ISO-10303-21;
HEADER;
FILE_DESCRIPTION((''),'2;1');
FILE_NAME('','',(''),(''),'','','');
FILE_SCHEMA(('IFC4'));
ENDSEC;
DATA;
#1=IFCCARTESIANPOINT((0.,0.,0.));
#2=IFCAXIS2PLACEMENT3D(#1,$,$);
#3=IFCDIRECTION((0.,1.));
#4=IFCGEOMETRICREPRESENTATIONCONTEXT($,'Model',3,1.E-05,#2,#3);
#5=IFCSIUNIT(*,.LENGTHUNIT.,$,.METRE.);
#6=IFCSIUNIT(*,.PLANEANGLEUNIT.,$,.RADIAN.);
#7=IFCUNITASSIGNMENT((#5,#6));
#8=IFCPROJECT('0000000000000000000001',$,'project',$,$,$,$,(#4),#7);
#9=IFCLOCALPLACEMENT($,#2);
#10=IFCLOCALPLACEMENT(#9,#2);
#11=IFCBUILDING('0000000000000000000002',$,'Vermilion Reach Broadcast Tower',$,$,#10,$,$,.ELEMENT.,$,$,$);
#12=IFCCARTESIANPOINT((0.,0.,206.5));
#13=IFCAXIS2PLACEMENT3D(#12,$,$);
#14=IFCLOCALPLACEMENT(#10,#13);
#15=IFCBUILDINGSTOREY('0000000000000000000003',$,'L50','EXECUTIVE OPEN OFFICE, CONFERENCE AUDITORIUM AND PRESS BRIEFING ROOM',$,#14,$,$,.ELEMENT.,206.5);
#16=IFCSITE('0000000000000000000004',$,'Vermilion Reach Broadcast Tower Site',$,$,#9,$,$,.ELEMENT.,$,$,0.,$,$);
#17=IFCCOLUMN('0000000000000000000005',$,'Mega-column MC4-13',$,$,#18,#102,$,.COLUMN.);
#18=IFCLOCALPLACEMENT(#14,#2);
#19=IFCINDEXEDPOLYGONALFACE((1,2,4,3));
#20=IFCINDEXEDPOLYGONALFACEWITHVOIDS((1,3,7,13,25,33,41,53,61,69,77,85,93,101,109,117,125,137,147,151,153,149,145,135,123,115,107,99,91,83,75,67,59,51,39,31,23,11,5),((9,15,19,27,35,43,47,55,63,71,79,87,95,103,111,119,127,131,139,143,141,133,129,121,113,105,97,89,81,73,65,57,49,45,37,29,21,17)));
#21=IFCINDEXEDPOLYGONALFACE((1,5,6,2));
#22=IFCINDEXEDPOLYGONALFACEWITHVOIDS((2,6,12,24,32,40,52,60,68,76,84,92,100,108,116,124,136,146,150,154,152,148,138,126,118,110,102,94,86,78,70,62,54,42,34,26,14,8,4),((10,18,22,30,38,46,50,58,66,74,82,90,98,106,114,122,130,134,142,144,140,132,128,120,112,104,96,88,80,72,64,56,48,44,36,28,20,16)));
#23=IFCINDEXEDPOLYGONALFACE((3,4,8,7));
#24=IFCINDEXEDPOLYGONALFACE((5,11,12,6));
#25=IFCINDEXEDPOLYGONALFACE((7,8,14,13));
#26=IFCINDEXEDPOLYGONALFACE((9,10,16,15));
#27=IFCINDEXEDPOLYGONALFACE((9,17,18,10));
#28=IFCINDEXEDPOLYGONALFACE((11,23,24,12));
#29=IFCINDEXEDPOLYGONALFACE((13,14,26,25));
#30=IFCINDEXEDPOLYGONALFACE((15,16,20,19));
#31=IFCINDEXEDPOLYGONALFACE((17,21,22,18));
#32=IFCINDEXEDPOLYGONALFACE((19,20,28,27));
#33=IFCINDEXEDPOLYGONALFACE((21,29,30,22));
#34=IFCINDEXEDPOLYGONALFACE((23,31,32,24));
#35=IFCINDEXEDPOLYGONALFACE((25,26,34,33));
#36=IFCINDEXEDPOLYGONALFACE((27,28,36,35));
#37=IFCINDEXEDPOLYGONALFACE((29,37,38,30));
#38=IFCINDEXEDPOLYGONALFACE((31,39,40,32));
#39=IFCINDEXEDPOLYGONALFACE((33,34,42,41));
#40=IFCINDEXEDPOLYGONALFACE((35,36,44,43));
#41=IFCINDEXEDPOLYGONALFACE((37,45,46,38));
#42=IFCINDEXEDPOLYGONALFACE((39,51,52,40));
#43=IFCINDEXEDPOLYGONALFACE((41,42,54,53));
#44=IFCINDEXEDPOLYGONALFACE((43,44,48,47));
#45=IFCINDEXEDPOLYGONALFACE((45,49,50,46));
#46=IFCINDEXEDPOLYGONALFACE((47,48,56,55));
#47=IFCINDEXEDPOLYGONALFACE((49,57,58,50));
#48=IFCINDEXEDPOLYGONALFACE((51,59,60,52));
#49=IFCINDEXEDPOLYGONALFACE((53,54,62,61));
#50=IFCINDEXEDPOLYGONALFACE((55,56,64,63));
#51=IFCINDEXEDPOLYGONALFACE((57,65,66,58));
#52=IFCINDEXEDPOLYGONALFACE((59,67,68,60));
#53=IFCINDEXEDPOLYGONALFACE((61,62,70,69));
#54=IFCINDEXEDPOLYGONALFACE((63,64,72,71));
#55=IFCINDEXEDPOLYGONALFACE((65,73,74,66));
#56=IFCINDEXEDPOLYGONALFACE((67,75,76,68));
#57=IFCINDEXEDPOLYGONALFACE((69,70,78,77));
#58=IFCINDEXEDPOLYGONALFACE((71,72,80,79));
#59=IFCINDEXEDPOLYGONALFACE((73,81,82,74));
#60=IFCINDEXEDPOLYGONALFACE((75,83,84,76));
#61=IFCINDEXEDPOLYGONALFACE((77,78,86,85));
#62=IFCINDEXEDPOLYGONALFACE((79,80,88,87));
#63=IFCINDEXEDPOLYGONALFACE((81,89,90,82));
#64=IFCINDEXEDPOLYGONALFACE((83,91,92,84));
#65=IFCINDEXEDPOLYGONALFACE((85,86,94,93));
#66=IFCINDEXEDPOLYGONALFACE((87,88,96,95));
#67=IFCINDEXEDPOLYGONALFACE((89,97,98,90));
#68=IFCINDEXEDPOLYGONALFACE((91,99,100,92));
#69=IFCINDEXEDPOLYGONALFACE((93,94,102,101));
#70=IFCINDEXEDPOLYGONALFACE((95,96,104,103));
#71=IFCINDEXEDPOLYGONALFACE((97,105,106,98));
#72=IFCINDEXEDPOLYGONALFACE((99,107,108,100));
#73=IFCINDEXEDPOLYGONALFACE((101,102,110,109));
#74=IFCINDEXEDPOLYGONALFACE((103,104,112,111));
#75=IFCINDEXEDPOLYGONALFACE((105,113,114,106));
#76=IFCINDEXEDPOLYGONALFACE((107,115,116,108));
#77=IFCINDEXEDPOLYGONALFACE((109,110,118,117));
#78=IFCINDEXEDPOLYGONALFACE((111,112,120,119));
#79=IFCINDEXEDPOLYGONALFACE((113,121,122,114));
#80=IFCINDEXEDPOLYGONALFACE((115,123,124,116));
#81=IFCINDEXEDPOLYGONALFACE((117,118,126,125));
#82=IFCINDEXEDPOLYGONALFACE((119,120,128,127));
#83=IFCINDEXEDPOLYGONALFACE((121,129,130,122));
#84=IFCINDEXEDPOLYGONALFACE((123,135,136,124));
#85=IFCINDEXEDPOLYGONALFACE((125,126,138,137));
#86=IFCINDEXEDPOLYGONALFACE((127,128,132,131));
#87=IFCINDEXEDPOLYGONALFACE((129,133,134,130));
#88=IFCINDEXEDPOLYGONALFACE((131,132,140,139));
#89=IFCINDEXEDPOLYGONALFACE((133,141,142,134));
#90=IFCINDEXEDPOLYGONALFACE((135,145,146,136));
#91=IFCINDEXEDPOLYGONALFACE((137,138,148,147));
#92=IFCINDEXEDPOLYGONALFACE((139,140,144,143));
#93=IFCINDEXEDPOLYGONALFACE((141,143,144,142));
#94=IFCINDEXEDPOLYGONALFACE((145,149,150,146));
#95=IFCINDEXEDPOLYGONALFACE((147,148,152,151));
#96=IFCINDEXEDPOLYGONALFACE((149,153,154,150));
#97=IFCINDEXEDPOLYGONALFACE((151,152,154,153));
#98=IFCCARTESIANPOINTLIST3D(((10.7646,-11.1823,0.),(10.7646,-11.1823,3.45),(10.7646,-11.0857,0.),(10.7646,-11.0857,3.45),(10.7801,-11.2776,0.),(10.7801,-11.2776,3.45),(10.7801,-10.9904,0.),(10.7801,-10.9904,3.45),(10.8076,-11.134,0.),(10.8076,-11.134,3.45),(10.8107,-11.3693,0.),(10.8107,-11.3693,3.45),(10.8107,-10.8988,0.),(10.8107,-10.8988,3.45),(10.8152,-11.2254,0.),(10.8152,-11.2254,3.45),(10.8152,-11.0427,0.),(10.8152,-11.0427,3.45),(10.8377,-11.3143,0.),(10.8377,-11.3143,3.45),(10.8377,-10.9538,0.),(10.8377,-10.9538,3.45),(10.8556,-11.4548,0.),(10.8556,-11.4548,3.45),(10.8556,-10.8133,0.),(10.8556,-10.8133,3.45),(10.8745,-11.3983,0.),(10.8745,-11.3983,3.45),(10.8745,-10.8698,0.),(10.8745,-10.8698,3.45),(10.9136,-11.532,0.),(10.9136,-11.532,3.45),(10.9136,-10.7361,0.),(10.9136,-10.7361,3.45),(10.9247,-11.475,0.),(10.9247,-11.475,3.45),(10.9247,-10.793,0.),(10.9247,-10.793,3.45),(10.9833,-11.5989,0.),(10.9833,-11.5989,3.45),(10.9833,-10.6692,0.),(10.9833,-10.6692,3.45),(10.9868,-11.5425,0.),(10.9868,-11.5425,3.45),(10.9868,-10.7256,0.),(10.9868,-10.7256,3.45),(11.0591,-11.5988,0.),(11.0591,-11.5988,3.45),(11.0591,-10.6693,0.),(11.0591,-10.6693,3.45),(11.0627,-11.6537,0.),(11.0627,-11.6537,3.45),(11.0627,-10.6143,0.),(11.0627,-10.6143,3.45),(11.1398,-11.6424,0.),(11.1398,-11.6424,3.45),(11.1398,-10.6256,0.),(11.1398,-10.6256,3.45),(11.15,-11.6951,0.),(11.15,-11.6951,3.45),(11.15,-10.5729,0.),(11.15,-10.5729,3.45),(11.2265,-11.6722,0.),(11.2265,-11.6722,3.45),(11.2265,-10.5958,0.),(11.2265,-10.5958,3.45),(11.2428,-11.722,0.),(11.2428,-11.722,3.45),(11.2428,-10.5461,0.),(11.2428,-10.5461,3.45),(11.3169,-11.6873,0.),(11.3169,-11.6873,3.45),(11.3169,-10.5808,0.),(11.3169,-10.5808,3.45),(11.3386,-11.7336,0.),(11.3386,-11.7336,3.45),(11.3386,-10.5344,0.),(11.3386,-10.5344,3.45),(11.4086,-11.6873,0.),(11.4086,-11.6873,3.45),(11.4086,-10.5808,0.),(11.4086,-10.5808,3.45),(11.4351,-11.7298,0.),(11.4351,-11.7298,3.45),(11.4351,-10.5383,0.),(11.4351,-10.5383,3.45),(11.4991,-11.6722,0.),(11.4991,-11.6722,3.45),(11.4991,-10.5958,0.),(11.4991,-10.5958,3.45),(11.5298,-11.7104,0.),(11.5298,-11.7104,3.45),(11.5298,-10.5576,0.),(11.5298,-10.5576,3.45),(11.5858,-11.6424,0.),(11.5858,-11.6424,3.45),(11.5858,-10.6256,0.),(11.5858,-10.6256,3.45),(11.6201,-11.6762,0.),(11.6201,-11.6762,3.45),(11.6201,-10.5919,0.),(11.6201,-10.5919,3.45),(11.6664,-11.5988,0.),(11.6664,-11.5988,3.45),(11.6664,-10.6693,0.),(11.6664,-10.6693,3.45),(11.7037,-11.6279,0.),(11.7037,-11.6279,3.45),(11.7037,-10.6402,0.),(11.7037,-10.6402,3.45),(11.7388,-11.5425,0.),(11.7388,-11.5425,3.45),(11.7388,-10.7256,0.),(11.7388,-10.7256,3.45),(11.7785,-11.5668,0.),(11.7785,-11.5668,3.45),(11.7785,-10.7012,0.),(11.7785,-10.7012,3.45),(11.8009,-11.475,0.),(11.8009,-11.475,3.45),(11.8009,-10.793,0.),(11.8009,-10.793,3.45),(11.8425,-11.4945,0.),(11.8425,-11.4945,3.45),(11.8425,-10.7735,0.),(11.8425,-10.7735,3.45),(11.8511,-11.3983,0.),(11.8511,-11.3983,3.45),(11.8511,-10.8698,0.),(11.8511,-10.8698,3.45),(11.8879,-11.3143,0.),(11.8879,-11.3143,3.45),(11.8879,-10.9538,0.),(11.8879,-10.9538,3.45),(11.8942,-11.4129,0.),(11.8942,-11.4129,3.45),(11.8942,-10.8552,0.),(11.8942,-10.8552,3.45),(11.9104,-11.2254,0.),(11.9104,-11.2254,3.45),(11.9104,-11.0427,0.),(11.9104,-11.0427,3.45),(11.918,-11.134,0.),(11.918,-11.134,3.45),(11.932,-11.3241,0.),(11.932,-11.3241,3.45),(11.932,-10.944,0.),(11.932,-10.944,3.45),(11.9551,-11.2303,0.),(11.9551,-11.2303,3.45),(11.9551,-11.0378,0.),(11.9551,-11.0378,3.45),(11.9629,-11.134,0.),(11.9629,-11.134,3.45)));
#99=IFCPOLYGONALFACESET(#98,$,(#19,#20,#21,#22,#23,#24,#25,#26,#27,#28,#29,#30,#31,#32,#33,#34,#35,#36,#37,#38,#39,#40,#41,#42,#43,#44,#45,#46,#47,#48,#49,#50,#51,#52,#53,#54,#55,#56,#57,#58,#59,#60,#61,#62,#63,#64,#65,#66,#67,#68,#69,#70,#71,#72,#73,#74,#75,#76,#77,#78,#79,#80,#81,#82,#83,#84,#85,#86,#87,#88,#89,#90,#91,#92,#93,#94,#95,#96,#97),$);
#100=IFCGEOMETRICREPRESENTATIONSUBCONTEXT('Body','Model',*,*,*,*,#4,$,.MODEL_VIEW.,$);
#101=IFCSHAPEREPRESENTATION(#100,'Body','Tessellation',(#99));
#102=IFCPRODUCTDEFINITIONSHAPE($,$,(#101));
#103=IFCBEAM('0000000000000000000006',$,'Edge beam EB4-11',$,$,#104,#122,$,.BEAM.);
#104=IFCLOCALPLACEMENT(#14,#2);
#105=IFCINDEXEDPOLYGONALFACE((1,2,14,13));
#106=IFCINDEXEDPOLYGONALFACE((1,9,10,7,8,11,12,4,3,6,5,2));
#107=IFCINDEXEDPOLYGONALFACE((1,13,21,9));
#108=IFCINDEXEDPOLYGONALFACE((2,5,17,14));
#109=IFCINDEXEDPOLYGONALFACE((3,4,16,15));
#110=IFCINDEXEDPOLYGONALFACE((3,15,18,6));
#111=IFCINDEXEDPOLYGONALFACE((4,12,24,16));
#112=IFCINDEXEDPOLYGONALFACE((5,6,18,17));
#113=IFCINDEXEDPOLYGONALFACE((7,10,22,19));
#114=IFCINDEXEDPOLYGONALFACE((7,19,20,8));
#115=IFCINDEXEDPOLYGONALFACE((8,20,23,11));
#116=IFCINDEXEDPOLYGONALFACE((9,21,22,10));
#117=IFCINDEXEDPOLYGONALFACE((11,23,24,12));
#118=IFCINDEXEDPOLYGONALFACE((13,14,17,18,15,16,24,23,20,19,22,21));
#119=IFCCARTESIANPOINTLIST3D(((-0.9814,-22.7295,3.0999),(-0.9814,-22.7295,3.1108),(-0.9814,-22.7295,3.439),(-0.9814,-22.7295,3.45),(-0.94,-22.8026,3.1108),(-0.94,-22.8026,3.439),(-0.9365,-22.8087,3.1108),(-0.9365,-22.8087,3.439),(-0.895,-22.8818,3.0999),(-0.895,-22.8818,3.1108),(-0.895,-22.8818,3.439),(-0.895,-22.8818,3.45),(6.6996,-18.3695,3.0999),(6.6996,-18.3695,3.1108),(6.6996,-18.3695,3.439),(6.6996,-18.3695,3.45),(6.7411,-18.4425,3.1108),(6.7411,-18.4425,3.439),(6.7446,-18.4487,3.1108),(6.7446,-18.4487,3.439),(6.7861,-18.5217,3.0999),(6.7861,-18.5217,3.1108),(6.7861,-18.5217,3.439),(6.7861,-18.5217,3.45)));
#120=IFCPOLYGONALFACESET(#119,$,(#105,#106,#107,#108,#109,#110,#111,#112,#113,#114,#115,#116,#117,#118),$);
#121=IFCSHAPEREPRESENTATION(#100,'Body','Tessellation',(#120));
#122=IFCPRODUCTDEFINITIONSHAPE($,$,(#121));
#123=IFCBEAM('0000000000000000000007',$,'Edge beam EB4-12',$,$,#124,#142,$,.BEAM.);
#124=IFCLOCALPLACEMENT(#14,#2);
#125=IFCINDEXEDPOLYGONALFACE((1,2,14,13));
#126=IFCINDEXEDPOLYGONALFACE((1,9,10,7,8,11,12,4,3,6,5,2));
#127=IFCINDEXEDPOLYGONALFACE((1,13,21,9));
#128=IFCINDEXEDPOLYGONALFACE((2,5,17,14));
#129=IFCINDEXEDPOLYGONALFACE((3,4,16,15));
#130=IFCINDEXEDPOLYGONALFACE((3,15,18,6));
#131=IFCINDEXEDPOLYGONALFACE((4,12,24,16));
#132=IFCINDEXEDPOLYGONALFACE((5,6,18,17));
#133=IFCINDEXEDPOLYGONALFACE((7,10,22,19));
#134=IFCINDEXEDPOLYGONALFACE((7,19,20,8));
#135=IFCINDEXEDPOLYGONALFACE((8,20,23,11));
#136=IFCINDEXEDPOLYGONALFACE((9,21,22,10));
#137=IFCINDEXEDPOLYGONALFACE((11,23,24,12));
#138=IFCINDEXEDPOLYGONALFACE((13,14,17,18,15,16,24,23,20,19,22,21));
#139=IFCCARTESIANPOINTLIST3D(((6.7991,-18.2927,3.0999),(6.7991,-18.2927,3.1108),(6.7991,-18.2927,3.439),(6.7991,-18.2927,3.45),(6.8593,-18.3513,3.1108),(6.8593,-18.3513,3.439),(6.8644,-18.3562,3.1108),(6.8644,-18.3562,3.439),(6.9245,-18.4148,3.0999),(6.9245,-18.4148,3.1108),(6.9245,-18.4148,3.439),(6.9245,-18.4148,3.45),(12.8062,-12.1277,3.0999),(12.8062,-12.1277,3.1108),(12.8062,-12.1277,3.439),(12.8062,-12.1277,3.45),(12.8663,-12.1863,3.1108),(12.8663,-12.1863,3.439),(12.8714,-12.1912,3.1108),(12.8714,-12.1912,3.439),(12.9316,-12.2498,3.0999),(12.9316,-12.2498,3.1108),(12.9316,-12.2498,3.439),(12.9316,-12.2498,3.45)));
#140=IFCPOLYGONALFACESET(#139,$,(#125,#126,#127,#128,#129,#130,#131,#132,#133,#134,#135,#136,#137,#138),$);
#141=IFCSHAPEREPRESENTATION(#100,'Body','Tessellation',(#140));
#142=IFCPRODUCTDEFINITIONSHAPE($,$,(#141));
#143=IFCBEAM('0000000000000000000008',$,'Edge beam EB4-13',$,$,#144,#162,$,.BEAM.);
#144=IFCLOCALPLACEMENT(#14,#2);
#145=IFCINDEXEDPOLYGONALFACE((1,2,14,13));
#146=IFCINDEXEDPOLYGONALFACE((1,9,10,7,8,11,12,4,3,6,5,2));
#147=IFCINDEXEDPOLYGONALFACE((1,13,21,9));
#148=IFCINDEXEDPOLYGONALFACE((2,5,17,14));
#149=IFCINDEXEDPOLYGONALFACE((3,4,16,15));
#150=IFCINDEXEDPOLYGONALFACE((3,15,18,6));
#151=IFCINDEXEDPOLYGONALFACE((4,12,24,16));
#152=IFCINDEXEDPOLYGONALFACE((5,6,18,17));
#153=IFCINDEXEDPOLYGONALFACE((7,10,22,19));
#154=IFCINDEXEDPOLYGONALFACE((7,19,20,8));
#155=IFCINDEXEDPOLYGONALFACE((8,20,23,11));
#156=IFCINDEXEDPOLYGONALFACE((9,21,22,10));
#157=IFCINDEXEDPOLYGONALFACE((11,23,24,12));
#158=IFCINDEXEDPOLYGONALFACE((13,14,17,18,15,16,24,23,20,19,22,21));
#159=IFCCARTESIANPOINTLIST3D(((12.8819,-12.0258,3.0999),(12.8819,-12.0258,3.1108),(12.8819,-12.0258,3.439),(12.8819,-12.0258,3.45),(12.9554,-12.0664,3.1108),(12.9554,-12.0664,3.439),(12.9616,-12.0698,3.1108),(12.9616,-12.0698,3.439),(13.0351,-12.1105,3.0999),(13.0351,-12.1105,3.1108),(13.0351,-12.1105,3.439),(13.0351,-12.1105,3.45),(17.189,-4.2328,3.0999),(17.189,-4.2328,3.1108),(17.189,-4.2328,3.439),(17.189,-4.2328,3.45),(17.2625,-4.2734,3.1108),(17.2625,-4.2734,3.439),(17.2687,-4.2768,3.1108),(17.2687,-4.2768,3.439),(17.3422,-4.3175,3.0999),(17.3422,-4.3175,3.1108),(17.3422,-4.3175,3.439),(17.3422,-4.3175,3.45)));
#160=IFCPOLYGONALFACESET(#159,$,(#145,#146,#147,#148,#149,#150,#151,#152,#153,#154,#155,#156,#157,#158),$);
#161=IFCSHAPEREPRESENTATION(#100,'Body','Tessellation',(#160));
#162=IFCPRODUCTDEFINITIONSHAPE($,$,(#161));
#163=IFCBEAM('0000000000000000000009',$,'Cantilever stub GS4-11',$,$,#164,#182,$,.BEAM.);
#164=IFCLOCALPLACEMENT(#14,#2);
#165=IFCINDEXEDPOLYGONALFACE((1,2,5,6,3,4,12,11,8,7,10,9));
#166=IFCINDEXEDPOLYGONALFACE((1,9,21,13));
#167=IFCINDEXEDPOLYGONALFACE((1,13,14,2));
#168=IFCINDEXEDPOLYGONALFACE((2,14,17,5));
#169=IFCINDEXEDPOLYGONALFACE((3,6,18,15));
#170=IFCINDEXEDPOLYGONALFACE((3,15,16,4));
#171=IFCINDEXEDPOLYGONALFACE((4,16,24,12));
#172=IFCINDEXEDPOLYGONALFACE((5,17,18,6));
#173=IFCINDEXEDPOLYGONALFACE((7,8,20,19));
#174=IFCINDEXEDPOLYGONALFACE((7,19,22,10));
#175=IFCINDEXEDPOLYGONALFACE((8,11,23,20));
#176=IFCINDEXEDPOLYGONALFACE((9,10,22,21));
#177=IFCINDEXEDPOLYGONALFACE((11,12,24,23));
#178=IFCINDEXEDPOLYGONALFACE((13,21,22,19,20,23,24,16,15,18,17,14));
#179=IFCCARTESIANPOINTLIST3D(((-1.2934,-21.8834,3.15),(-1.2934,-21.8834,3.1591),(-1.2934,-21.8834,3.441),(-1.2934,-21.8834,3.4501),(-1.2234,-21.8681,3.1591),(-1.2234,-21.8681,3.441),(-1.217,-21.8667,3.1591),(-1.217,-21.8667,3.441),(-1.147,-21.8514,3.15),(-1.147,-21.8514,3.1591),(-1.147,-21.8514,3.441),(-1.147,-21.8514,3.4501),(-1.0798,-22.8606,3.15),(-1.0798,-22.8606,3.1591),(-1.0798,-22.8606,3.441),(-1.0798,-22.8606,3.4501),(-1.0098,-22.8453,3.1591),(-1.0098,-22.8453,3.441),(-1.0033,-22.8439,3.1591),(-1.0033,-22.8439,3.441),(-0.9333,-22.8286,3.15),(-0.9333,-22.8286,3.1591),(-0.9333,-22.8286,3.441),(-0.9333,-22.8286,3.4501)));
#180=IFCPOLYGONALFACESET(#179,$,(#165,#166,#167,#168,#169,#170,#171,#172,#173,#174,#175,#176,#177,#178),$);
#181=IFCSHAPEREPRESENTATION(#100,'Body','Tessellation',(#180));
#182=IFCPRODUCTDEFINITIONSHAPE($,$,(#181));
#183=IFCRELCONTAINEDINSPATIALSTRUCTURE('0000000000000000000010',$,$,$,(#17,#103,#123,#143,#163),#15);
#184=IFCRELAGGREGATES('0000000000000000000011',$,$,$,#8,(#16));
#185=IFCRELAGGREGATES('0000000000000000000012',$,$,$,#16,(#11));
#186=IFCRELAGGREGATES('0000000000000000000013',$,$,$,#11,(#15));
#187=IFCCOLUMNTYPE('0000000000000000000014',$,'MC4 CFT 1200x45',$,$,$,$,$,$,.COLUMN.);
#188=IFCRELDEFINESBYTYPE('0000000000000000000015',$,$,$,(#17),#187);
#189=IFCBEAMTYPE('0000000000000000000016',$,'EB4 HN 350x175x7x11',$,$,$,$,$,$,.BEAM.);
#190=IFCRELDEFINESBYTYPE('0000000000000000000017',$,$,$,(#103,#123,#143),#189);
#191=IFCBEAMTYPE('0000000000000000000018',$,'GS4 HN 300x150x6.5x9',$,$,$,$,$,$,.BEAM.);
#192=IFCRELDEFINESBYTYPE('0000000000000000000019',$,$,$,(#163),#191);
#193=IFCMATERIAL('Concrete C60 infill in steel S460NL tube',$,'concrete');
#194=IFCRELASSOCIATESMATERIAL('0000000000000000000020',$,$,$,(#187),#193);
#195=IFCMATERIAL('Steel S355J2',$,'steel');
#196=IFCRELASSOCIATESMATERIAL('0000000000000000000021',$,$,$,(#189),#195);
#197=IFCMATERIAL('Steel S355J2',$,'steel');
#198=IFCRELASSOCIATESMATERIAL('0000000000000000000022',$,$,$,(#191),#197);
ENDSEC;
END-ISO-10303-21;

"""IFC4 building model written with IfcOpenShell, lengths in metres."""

from ifc_helpers import new_model, si_unit, direction, frame, origin, origin_2d, place, context, subcontext, project, spatial, hollow_circle, i_section, extrude, material, material_profile, profile_set, type_object, element, save


model = new_model("IFC4")

# Units and contexts
model_context = context("Model", 3, precision=1e-05, world=origin(), true_north=direction((0.0, 1.0)))
body_context = subcontext(model_context, "Body", "Model", "MODEL_VIEW")
ifc_project = project(units=[si_unit("LENGTHUNIT", "METRE"), si_unit("PLANEANGLEUNIT", "RADIAN")], contexts=[model_context])

# Site, building, storey
site_placement = place(None, origin())
site = spatial("IfcSite", under=ifc_project, at=site_placement, Name="Vermilion Reach Broadcast Tower Site", CompositionType="ELEMENT", RefElevation=0.0)
building_placement = place(site_placement, origin())
building = spatial("IfcBuilding", under=site, at=building_placement, Name="Vermilion Reach Broadcast Tower", CompositionType="ELEMENT")
storey_placement = place(building_placement, frame((0.0, 0.0, 206.5)))
storey = spatial("IfcBuildingStorey", under=building, at=storey_placement, Name="L50", Description="EXECUTIVE OPEN OFFICE, CONFERENCE AUDITORIUM AND PRESS BRIEFING ROOM", CompositionType="ELEMENT", Elevation=206.5)

# Column
ifc_material_1 = material(Name="Concrete C60 infill in steel S460NL tube", Category="concrete")
ifc_material_profile_1 = material_profile(ifc_material_1, hollow_circle(Radius=0.6001, WallThickness=0.0449, at=origin_2d()), Name="Concrete C60 infill in steel S460NL tube CFT 1200x45")
ifc_profile_set_1 = profile_set([ifc_material_profile_1], Name="Concrete C60 infill in steel S460NL tube")
column_type = type_object("IfcColumnType", Name="MC4 CFT 1200x45", PredefinedType="COLUMN", material=ifc_profile_set_1)
for number, where, z_axis, x_axis, name in (
    (1, (11.3628, -11.134, 0.0), (0.0, 0.0, 1.0), (1.0, 0.0, 0.0), "Mega-column MC4-13"),
):
    element("IfcColumn", number, at=place(storey_placement, frame(where, z_axis=z_axis, x_axis=x_axis)), inside=storey, type_object=column_type, Name=name, PredefinedType="COLUMN", context=body_context, shape_type="SweptSolid", body=[
        extrude(hollow_circle(Radius=0.6001, WallThickness=0.0449, at=origin_2d()), origin(), (0.0, 0.0, 1.0), 3.45),
    ])

# Beams
ifc_material_2 = material(Name="Steel S355J2", Category="steel")
ifc_material_profile_2 = material_profile(ifc_material_2, i_section(OverallWidth=0.175, OverallDepth=0.3501, WebThickness=0.0071, FlangeThickness=0.011, at=origin_2d()), Name="S355J2 HN 350x175x7x11")
ifc_profile_set_2 = profile_set([ifc_material_profile_2], Name="Steel S355J2")
beam_type_1 = type_object("IfcBeamType", Name="EB4 HN 350x175x7x11", PredefinedType="BEAM", material=ifc_profile_set_2)
beam_1_placement = place(storey_placement, frame((-0.9382, -22.8057, 3.2749), z_axis=(0.86966, 0.493651, 0.0), x_axis=(-0.493651, 0.86966, 0.0)))
element("IfcBeam", 2, at=beam_1_placement, inside=storey, type_object=beam_type_1, Name="Edge beam EB4-11", PredefinedType="BEAM", context=body_context, shape_type="SweptSolid", body=[
    extrude(i_section(OverallWidth=0.175, OverallDepth=0.3501, WebThickness=0.0071, FlangeThickness=0.011, at=origin_2d()), origin(), (0.0, 0.0, 1.0), 8.8323),
])
beam_2_placement = place(storey_placement, frame((6.8618, -18.3538, 3.2749), z_axis=(0.697872, 0.716223, 0.0), x_axis=(-0.716223, 0.697872, 0.0)))
element("IfcBeam", 3, at=beam_2_placement, inside=storey, type_object=beam_type_1, Name="Edge beam EB4-12", PredefinedType="BEAM", context=body_context, shape_type="SweptSolid", body=[
    extrude(i_section(OverallWidth=0.175, OverallDepth=0.3501, WebThickness=0.0071, FlangeThickness=0.011, at=origin_2d()), origin(), (0.0, 0.0, 1.0), 8.6077),
])
beam_3_placement = place(storey_placement, frame((12.9585, -12.0681, 3.2749), z_axis=(0.483728, 0.875218, 0.0), x_axis=(-0.875218, 0.483728, 0.0)))
element("IfcBeam", 4, at=beam_3_placement, inside=storey, type_object=beam_type_1, Name="Edge beam EB4-13", PredefinedType="BEAM", context=body_context, shape_type="SweptSolid", body=[
    extrude(i_section(OverallWidth=0.175, OverallDepth=0.3501, WebThickness=0.0071, FlangeThickness=0.011, at=origin_2d()), origin(), (0.0, 0.0, 1.0), 8.9041),
])
ifc_material_3 = material(Name="Steel S355J2", Category="steel")
ifc_material_profile_3 = material_profile(ifc_material_3, i_section(OverallWidth=0.1499, OverallDepth=0.3, WebThickness=0.0066, FlangeThickness=0.009, at=origin_2d()), Name="S355J2 HN 300x150x6.5x9")
ifc_profile_set_3 = profile_set([ifc_material_profile_3], Name="Steel S355J2")
beam_type_2 = type_object("IfcBeamType", Name="GS4 HN 300x150x6.5x9", PredefinedType="BEAM", material=ifc_profile_set_3)
beam_4_placement = place(storey_placement, frame((-1.2202, -21.8674, 3.3), z_axis=(0.213595, -0.976922, 0.0), x_axis=(0.976922, 0.213595, 0.0)))
element("IfcBeam", 5, at=beam_4_placement, inside=storey, type_object=beam_type_2, Name="Cantilever stub GS4-11", PredefinedType="BEAM", context=body_context, shape_type="SweptSolid", body=[
    extrude(i_section(OverallWidth=0.1499, OverallDepth=0.3, WebThickness=0.0066, FlangeThickness=0.009, at=origin_2d()), origin(), (0.0, 0.0, 1.0), 1.0002),
])

save(model, "model.ifc")
